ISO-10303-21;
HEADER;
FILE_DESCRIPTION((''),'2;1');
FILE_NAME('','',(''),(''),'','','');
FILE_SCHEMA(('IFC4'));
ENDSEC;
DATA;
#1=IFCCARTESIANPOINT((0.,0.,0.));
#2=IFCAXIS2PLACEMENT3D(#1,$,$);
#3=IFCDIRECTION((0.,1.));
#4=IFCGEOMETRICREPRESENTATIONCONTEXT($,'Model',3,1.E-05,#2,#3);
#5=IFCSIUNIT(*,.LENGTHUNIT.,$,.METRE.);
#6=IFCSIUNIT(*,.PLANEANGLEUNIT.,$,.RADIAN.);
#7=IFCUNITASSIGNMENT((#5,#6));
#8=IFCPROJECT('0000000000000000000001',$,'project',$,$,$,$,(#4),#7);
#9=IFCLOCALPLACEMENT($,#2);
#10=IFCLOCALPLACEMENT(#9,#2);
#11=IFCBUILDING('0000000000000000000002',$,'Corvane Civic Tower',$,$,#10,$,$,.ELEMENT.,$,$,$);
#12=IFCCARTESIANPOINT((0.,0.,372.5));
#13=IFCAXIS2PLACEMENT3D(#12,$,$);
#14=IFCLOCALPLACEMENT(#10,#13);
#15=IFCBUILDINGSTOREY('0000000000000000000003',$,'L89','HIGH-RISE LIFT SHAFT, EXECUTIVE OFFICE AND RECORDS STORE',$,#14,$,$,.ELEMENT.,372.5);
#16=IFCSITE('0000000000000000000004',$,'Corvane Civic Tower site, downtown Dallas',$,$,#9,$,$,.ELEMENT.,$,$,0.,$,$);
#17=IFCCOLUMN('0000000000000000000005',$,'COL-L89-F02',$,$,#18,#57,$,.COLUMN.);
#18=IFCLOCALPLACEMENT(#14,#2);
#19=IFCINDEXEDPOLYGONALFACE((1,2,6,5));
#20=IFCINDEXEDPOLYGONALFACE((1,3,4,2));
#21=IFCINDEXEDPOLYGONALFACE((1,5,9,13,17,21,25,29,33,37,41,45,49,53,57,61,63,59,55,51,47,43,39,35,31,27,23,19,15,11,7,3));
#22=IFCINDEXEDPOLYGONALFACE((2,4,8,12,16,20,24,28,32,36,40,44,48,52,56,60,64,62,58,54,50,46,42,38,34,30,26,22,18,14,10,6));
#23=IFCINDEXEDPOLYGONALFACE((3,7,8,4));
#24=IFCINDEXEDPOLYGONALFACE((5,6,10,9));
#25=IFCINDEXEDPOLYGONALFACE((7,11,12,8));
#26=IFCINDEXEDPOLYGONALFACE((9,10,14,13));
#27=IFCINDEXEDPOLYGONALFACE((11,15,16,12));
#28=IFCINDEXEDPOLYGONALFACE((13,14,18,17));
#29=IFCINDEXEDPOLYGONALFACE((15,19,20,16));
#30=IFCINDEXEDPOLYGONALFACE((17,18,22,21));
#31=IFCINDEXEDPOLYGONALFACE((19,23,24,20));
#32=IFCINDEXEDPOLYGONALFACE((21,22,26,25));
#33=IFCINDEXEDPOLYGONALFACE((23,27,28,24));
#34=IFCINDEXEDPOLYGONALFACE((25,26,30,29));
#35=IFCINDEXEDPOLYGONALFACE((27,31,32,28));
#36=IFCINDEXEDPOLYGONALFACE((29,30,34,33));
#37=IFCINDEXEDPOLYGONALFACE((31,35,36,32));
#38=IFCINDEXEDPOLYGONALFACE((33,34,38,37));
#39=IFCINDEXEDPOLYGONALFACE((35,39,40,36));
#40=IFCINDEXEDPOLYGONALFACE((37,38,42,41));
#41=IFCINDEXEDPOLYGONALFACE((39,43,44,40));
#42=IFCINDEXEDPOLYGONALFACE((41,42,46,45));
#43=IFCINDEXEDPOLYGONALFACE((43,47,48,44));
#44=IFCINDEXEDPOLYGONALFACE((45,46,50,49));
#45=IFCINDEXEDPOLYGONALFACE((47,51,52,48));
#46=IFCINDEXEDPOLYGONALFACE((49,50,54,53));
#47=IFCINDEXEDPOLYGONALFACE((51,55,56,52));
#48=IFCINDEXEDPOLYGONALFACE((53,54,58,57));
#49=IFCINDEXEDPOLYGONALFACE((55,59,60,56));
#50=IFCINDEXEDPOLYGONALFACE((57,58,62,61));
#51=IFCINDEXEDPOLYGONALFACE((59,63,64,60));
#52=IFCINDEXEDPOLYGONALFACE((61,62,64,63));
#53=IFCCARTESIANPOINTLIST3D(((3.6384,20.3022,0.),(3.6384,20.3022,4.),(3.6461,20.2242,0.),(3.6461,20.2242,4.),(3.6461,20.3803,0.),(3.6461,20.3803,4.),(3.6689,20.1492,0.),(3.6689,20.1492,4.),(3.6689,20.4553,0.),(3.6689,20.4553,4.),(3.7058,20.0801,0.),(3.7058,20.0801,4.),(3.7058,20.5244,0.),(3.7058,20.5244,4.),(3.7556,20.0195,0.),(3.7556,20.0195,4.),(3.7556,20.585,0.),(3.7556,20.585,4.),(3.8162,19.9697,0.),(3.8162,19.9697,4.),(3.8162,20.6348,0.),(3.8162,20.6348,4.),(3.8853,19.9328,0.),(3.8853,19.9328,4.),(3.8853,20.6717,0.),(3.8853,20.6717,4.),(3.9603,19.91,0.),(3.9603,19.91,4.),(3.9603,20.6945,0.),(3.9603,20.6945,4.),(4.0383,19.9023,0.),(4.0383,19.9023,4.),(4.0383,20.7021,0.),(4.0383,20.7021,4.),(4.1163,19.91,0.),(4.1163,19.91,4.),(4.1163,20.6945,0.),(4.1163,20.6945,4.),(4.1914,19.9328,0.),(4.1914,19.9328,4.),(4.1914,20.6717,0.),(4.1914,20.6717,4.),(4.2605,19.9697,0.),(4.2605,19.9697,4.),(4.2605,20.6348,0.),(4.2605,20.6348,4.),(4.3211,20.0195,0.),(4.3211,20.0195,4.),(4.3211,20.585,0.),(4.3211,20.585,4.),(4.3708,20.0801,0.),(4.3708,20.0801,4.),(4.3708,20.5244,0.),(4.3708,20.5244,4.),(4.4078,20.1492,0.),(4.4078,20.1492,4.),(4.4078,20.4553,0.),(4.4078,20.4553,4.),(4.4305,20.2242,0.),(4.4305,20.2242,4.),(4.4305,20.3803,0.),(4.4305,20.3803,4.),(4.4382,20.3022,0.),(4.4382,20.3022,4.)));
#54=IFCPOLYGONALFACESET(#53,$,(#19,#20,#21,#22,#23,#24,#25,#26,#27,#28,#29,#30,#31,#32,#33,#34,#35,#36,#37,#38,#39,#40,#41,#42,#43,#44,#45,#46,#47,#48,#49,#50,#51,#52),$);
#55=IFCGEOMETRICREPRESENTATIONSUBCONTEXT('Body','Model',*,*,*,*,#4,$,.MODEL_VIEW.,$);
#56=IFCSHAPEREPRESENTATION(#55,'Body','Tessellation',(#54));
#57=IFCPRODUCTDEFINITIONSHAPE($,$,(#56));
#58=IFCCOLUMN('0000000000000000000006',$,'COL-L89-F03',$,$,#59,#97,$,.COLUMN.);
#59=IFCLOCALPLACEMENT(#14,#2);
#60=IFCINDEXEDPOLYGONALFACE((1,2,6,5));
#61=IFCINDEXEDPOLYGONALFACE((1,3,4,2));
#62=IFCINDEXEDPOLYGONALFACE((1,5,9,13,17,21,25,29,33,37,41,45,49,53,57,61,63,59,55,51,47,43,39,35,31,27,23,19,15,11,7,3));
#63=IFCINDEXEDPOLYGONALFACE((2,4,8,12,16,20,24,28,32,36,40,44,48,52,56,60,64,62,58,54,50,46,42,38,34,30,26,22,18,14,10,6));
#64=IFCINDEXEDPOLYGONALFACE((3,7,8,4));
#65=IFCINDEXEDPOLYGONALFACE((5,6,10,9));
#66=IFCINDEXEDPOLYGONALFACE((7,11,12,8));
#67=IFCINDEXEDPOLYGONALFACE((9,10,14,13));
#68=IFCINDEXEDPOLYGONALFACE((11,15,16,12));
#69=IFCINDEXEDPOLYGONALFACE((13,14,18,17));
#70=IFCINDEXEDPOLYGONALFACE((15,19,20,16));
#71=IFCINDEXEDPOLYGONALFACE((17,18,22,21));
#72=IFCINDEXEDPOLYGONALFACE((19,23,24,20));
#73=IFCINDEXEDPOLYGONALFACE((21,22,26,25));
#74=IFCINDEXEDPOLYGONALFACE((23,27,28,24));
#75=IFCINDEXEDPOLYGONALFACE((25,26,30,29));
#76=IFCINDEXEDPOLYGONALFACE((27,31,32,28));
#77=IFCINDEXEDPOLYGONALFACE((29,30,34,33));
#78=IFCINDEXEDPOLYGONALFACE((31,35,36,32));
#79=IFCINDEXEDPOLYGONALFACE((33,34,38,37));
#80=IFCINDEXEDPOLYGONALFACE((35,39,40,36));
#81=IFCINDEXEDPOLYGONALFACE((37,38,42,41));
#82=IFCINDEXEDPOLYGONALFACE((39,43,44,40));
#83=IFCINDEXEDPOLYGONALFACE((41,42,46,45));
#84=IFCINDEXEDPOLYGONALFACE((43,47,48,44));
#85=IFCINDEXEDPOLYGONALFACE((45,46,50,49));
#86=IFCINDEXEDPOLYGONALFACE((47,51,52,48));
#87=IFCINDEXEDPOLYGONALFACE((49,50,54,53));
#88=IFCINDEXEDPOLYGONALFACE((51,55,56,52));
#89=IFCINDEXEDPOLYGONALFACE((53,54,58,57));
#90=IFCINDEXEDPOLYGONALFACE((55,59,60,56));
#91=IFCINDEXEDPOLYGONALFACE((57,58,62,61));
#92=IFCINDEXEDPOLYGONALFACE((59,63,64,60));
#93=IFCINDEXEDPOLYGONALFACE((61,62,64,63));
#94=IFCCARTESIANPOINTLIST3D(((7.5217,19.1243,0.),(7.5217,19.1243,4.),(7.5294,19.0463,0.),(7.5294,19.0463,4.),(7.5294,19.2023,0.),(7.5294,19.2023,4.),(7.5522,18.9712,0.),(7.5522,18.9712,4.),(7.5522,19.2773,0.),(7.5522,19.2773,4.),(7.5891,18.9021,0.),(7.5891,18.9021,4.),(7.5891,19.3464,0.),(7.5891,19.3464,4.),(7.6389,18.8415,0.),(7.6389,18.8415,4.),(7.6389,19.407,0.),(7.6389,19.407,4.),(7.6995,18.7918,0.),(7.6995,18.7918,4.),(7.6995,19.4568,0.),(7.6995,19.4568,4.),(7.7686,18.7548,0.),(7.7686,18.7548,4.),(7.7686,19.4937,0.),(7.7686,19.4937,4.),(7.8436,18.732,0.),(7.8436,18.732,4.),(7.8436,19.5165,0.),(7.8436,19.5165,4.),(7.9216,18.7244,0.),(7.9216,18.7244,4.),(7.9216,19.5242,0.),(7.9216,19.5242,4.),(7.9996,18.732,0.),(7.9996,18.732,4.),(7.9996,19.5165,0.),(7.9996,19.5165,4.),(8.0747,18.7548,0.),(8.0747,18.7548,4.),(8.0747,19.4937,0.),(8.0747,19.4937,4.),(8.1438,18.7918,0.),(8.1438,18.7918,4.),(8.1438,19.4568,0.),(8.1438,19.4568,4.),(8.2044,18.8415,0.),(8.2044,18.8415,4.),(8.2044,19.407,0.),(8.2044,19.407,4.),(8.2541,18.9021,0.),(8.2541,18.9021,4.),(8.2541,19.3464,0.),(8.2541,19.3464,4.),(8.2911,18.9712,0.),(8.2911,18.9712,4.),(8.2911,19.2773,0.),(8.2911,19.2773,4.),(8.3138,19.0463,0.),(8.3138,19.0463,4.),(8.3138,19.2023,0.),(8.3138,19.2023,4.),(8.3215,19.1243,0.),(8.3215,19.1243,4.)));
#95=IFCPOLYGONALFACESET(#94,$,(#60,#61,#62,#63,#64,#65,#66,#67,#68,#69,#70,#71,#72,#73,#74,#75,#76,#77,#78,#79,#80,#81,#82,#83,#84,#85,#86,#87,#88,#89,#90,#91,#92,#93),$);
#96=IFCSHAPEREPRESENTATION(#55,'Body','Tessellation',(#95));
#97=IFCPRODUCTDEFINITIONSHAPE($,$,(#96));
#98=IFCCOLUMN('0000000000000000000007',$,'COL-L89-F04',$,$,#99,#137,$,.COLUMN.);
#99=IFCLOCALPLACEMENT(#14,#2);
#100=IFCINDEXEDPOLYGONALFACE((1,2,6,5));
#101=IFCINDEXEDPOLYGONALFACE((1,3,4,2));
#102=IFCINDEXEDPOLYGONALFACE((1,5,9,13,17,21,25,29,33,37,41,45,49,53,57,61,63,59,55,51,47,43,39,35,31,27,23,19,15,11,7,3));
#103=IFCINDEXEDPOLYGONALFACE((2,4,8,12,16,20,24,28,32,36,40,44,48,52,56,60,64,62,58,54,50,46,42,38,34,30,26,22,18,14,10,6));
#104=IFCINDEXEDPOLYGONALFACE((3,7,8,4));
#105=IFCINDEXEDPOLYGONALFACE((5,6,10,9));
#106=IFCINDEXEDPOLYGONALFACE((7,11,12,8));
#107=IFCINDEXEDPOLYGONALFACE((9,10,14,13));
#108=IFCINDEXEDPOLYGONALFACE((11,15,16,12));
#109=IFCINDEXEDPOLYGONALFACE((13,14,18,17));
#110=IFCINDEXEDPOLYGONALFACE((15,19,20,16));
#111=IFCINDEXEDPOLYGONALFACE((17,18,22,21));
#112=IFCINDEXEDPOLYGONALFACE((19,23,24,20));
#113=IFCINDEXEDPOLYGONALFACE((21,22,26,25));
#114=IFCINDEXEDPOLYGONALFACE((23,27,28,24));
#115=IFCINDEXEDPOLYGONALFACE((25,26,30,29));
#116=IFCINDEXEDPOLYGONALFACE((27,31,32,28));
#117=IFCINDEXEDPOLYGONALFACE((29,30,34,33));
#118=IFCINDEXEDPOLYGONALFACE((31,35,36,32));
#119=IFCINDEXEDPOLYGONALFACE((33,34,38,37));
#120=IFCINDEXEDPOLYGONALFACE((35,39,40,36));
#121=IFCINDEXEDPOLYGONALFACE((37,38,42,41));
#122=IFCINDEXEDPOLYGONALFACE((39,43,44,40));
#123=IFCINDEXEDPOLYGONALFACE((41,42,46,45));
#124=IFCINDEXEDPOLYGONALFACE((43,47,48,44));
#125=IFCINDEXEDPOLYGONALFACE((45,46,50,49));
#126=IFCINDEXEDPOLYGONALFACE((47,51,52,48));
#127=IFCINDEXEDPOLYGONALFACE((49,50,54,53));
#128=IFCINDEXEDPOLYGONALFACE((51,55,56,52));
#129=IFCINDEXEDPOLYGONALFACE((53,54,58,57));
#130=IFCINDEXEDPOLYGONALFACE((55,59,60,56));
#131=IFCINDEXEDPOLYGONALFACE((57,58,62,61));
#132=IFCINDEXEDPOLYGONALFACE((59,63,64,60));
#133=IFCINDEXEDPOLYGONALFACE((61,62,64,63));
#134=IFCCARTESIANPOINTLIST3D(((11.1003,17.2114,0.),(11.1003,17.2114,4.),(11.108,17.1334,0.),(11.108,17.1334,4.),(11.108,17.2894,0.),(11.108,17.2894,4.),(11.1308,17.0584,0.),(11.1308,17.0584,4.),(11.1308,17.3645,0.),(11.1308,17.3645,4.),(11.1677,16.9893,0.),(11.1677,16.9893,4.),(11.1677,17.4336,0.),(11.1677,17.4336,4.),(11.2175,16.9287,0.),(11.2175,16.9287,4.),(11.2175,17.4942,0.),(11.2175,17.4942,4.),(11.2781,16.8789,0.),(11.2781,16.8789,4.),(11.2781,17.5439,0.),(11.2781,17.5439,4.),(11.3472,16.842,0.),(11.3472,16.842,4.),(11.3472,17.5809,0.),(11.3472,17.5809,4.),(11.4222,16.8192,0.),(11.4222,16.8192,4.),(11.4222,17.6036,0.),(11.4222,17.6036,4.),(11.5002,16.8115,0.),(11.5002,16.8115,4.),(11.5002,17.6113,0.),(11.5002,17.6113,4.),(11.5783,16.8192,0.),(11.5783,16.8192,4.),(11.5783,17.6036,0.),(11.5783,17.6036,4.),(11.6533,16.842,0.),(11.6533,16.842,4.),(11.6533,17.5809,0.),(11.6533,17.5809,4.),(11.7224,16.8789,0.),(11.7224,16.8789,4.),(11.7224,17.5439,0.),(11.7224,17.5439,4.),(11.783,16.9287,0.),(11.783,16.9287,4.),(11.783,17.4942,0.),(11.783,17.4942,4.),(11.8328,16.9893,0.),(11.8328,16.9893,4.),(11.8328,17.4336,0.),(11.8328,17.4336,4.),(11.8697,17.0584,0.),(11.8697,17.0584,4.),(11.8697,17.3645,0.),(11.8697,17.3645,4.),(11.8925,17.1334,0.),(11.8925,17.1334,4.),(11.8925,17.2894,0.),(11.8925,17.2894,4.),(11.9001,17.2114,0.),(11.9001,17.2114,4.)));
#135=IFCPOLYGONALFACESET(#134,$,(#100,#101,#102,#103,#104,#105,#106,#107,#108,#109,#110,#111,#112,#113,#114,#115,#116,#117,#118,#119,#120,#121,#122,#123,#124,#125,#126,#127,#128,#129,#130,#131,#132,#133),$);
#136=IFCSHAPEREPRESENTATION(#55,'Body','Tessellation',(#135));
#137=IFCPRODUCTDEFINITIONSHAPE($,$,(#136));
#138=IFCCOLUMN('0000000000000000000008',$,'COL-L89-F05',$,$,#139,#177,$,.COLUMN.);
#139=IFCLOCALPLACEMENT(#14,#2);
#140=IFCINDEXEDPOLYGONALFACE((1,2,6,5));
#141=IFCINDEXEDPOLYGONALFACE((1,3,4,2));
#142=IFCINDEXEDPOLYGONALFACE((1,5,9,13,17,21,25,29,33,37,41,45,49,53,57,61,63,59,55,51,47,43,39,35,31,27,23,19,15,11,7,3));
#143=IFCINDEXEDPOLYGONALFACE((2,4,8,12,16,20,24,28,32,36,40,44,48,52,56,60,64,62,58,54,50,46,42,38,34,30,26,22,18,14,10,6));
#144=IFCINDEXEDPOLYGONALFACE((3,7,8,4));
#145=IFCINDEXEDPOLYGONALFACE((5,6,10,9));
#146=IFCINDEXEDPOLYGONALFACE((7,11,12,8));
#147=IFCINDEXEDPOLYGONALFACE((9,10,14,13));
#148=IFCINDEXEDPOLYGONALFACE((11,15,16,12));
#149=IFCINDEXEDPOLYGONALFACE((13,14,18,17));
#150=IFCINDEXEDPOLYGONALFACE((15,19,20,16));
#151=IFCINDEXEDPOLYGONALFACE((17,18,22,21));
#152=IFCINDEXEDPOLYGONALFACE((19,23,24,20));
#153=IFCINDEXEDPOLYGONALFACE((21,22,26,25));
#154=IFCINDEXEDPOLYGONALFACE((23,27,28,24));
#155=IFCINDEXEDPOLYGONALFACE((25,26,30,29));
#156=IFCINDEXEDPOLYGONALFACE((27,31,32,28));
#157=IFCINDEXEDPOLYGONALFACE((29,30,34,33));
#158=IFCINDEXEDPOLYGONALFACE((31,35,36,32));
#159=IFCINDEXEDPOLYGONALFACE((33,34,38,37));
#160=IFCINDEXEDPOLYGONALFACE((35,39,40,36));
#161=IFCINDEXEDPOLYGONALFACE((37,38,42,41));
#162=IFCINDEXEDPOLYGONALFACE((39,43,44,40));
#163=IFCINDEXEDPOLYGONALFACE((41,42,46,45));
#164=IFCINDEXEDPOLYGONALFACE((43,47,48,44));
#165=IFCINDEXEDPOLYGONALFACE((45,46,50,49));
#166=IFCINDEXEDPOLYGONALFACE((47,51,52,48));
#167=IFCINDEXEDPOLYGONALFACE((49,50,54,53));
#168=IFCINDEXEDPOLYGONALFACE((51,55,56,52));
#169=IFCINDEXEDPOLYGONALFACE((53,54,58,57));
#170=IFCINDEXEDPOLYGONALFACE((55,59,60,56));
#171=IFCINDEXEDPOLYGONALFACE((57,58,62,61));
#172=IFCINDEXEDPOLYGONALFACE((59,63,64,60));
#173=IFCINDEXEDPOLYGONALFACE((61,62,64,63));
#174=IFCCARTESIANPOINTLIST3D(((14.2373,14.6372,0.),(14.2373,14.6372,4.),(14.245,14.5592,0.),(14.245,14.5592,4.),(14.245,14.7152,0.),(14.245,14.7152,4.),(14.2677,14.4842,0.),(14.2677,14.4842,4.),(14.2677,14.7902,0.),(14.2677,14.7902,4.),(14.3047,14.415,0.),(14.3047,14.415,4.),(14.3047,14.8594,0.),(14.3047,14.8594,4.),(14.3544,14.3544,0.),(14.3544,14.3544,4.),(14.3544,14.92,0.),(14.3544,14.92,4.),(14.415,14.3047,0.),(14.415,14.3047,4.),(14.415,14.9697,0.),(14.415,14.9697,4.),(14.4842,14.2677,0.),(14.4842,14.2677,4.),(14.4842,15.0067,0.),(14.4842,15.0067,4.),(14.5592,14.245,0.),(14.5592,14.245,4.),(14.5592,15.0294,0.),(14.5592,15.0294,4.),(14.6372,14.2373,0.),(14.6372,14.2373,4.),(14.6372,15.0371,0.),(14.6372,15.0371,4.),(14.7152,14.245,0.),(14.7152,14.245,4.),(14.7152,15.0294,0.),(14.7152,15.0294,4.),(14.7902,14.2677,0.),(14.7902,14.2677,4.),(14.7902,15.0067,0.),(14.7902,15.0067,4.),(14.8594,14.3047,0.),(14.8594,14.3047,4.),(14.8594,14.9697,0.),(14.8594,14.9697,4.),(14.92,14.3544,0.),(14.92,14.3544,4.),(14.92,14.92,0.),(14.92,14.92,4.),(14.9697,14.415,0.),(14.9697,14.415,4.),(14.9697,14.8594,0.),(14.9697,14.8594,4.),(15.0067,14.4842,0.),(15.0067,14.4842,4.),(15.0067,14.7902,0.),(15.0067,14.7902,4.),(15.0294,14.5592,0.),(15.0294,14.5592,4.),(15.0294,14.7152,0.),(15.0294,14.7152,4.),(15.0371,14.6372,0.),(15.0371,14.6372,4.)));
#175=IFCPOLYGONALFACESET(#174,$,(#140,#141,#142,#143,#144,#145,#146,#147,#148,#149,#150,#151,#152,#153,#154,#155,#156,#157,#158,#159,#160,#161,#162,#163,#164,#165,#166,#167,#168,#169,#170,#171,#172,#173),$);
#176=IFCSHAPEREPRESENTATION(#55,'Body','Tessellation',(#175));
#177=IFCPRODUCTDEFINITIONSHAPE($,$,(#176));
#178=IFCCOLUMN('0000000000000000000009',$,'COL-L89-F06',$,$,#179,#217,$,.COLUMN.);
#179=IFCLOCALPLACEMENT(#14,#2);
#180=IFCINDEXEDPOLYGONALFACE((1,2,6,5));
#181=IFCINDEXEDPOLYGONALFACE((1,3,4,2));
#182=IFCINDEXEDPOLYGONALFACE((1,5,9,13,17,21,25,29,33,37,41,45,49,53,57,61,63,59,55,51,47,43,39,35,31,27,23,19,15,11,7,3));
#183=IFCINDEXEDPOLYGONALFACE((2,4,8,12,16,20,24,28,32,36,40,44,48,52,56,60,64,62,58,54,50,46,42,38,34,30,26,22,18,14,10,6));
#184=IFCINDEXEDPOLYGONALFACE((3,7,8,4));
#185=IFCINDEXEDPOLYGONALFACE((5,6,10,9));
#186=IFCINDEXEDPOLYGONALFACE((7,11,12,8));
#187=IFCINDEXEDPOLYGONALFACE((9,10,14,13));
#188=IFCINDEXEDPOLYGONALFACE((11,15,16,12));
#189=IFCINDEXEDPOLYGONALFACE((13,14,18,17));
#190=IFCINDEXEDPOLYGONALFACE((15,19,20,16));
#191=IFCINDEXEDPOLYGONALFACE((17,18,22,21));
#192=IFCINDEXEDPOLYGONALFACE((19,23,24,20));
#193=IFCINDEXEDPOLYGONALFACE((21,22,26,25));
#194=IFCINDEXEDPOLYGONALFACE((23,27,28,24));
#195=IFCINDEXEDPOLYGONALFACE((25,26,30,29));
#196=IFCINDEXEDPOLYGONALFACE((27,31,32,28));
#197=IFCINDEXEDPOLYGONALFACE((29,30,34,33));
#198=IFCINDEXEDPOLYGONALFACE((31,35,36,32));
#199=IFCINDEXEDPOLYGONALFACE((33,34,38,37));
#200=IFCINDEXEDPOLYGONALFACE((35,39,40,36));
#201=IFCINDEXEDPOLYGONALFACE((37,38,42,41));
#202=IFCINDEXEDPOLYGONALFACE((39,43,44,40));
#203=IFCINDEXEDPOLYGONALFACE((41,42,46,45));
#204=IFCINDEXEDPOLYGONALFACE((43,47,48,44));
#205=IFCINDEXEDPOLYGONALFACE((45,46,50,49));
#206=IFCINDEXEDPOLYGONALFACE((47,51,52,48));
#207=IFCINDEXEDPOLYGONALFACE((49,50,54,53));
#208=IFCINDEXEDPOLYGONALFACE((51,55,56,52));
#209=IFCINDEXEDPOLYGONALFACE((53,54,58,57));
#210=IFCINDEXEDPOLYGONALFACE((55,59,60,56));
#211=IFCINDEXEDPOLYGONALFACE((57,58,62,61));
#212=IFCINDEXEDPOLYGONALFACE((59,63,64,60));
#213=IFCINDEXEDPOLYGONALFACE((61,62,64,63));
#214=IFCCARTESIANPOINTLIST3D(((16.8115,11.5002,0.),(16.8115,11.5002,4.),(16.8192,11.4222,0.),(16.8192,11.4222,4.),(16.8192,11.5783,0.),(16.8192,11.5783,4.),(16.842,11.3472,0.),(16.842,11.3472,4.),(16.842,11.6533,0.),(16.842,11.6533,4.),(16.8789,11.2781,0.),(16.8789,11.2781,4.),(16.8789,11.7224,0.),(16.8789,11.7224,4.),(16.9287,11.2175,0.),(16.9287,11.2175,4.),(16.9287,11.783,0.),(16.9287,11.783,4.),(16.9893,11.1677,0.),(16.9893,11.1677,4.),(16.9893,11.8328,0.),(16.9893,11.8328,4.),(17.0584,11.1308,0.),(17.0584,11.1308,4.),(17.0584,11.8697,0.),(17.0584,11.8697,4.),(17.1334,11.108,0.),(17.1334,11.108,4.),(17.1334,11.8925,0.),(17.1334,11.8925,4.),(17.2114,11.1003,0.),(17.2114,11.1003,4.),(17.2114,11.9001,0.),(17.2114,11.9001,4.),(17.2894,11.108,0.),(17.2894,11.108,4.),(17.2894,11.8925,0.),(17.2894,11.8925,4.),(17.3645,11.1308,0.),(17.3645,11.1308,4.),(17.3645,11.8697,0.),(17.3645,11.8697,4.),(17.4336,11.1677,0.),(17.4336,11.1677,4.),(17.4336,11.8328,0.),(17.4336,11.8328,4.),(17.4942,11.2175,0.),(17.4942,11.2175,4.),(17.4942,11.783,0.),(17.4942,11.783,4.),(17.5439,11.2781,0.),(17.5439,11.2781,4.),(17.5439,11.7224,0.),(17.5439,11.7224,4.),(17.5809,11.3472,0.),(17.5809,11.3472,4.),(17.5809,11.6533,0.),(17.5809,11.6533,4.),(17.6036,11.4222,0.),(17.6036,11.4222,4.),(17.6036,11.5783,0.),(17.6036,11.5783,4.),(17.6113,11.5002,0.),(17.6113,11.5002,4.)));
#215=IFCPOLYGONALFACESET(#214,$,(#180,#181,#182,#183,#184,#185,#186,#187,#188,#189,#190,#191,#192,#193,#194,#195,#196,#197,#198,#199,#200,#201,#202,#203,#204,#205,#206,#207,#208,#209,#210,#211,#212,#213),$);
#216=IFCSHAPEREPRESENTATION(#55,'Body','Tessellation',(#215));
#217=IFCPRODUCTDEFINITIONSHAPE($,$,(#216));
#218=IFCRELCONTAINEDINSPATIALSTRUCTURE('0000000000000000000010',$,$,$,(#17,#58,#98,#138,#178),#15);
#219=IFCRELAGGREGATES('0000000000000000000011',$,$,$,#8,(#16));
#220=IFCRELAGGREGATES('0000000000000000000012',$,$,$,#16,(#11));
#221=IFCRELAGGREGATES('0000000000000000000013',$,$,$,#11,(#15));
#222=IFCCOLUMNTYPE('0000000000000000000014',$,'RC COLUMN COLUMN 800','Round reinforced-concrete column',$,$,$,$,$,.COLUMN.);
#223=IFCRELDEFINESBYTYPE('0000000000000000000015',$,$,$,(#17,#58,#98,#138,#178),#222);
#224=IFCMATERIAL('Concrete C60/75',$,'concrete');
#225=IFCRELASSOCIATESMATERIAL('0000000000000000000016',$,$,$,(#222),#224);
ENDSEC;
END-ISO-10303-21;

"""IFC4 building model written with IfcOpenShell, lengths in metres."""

from ifc_helpers import new_model, si_unit, direction, frame, origin, origin_2d, place, context, subcontext, project, spatial, circle, extrude, material, material_profile, profile_set, type_object, element, save


model = new_model("IFC4")

# Units and contexts
model_context = context("Model", 3, precision=1e-05, world=origin(), true_north=direction((0.0, 1.0)))
body_context = subcontext(model_context, "Body", "Model", "MODEL_VIEW")
ifc_project = project(units=[si_unit("LENGTHUNIT", "METRE"), si_unit("PLANEANGLEUNIT", "RADIAN")], contexts=[model_context])

# Site, building, storey
site_placement = place(None, origin())
site = spatial("IfcSite", under=ifc_project, at=site_placement, Name="Corvane Civic Tower site, downtown Dallas", CompositionType="ELEMENT", RefElevation=0.0)
building_placement = place(site_placement, origin())
building = spatial("IfcBuilding", under=site, at=building_placement, Name="Corvane Civic Tower", CompositionType="ELEMENT")
storey_placement = place(building_placement, frame((0.0, 0.0, 372.5)))
storey = spatial("IfcBuildingStorey", under=building, at=storey_placement, Name="L89", Description="HIGH-RISE LIFT SHAFT, EXECUTIVE OFFICE AND RECORDS STORE", CompositionType="ELEMENT", Elevation=372.5)

# Columns
ifc_material_1 = material(Name="Concrete C60/75", Category="concrete")
ifc_material_profile_1 = material_profile(ifc_material_1, circle(Radius=0.3999, at=origin_2d()), Name="COLUMN 800")
ifc_profile_set_1 = profile_set([ifc_material_profile_1], Name="Concrete C60/75")
column_type = type_object("IfcColumnType", Name="RC COLUMN COLUMN 800", Description="Round reinforced-concrete column", PredefinedType="COLUMN", material=ifc_profile_set_1)
for number, where, z_axis, x_axis, name in (
    (1, (4.0383, 20.3022, 0.0), (0.0, 0.0, 1.0), (1.0, 0.0, 0.0), "COL-L89-F02"),
    (2, (7.9216, 19.1243, 0.0), (0.0, 0.0, 1.0), (1.0, 0.0, 0.0), "COL-L89-F03"),
    (3, (11.5002, 17.2114, 0.0), (0.0, 0.0, 1.0), (1.0, 0.0, 0.0), "COL-L89-F04"),
    (4, (14.6372, 14.6372, 0.0), (0.0, 0.0, 1.0), (1.0, 0.0, 0.0), "COL-L89-F05"),
    (5, (17.2114, 11.5002, 0.0), (0.0, 0.0, 1.0), (1.0, 0.0, 0.0), "COL-L89-F06"),
):
    element("IfcColumn", number, at=place(storey_placement, frame(where, z_axis=z_axis, x_axis=x_axis)), inside=storey, type_object=column_type, Name=name, PredefinedType="COLUMN", context=body_context, shape_type="SweptSolid", body=[
        extrude(circle(Radius=0.3999, at=origin_2d()), origin(), (0.0, 0.0, 1.0), 4.0),
    ])

save(model, "model.ifc")
